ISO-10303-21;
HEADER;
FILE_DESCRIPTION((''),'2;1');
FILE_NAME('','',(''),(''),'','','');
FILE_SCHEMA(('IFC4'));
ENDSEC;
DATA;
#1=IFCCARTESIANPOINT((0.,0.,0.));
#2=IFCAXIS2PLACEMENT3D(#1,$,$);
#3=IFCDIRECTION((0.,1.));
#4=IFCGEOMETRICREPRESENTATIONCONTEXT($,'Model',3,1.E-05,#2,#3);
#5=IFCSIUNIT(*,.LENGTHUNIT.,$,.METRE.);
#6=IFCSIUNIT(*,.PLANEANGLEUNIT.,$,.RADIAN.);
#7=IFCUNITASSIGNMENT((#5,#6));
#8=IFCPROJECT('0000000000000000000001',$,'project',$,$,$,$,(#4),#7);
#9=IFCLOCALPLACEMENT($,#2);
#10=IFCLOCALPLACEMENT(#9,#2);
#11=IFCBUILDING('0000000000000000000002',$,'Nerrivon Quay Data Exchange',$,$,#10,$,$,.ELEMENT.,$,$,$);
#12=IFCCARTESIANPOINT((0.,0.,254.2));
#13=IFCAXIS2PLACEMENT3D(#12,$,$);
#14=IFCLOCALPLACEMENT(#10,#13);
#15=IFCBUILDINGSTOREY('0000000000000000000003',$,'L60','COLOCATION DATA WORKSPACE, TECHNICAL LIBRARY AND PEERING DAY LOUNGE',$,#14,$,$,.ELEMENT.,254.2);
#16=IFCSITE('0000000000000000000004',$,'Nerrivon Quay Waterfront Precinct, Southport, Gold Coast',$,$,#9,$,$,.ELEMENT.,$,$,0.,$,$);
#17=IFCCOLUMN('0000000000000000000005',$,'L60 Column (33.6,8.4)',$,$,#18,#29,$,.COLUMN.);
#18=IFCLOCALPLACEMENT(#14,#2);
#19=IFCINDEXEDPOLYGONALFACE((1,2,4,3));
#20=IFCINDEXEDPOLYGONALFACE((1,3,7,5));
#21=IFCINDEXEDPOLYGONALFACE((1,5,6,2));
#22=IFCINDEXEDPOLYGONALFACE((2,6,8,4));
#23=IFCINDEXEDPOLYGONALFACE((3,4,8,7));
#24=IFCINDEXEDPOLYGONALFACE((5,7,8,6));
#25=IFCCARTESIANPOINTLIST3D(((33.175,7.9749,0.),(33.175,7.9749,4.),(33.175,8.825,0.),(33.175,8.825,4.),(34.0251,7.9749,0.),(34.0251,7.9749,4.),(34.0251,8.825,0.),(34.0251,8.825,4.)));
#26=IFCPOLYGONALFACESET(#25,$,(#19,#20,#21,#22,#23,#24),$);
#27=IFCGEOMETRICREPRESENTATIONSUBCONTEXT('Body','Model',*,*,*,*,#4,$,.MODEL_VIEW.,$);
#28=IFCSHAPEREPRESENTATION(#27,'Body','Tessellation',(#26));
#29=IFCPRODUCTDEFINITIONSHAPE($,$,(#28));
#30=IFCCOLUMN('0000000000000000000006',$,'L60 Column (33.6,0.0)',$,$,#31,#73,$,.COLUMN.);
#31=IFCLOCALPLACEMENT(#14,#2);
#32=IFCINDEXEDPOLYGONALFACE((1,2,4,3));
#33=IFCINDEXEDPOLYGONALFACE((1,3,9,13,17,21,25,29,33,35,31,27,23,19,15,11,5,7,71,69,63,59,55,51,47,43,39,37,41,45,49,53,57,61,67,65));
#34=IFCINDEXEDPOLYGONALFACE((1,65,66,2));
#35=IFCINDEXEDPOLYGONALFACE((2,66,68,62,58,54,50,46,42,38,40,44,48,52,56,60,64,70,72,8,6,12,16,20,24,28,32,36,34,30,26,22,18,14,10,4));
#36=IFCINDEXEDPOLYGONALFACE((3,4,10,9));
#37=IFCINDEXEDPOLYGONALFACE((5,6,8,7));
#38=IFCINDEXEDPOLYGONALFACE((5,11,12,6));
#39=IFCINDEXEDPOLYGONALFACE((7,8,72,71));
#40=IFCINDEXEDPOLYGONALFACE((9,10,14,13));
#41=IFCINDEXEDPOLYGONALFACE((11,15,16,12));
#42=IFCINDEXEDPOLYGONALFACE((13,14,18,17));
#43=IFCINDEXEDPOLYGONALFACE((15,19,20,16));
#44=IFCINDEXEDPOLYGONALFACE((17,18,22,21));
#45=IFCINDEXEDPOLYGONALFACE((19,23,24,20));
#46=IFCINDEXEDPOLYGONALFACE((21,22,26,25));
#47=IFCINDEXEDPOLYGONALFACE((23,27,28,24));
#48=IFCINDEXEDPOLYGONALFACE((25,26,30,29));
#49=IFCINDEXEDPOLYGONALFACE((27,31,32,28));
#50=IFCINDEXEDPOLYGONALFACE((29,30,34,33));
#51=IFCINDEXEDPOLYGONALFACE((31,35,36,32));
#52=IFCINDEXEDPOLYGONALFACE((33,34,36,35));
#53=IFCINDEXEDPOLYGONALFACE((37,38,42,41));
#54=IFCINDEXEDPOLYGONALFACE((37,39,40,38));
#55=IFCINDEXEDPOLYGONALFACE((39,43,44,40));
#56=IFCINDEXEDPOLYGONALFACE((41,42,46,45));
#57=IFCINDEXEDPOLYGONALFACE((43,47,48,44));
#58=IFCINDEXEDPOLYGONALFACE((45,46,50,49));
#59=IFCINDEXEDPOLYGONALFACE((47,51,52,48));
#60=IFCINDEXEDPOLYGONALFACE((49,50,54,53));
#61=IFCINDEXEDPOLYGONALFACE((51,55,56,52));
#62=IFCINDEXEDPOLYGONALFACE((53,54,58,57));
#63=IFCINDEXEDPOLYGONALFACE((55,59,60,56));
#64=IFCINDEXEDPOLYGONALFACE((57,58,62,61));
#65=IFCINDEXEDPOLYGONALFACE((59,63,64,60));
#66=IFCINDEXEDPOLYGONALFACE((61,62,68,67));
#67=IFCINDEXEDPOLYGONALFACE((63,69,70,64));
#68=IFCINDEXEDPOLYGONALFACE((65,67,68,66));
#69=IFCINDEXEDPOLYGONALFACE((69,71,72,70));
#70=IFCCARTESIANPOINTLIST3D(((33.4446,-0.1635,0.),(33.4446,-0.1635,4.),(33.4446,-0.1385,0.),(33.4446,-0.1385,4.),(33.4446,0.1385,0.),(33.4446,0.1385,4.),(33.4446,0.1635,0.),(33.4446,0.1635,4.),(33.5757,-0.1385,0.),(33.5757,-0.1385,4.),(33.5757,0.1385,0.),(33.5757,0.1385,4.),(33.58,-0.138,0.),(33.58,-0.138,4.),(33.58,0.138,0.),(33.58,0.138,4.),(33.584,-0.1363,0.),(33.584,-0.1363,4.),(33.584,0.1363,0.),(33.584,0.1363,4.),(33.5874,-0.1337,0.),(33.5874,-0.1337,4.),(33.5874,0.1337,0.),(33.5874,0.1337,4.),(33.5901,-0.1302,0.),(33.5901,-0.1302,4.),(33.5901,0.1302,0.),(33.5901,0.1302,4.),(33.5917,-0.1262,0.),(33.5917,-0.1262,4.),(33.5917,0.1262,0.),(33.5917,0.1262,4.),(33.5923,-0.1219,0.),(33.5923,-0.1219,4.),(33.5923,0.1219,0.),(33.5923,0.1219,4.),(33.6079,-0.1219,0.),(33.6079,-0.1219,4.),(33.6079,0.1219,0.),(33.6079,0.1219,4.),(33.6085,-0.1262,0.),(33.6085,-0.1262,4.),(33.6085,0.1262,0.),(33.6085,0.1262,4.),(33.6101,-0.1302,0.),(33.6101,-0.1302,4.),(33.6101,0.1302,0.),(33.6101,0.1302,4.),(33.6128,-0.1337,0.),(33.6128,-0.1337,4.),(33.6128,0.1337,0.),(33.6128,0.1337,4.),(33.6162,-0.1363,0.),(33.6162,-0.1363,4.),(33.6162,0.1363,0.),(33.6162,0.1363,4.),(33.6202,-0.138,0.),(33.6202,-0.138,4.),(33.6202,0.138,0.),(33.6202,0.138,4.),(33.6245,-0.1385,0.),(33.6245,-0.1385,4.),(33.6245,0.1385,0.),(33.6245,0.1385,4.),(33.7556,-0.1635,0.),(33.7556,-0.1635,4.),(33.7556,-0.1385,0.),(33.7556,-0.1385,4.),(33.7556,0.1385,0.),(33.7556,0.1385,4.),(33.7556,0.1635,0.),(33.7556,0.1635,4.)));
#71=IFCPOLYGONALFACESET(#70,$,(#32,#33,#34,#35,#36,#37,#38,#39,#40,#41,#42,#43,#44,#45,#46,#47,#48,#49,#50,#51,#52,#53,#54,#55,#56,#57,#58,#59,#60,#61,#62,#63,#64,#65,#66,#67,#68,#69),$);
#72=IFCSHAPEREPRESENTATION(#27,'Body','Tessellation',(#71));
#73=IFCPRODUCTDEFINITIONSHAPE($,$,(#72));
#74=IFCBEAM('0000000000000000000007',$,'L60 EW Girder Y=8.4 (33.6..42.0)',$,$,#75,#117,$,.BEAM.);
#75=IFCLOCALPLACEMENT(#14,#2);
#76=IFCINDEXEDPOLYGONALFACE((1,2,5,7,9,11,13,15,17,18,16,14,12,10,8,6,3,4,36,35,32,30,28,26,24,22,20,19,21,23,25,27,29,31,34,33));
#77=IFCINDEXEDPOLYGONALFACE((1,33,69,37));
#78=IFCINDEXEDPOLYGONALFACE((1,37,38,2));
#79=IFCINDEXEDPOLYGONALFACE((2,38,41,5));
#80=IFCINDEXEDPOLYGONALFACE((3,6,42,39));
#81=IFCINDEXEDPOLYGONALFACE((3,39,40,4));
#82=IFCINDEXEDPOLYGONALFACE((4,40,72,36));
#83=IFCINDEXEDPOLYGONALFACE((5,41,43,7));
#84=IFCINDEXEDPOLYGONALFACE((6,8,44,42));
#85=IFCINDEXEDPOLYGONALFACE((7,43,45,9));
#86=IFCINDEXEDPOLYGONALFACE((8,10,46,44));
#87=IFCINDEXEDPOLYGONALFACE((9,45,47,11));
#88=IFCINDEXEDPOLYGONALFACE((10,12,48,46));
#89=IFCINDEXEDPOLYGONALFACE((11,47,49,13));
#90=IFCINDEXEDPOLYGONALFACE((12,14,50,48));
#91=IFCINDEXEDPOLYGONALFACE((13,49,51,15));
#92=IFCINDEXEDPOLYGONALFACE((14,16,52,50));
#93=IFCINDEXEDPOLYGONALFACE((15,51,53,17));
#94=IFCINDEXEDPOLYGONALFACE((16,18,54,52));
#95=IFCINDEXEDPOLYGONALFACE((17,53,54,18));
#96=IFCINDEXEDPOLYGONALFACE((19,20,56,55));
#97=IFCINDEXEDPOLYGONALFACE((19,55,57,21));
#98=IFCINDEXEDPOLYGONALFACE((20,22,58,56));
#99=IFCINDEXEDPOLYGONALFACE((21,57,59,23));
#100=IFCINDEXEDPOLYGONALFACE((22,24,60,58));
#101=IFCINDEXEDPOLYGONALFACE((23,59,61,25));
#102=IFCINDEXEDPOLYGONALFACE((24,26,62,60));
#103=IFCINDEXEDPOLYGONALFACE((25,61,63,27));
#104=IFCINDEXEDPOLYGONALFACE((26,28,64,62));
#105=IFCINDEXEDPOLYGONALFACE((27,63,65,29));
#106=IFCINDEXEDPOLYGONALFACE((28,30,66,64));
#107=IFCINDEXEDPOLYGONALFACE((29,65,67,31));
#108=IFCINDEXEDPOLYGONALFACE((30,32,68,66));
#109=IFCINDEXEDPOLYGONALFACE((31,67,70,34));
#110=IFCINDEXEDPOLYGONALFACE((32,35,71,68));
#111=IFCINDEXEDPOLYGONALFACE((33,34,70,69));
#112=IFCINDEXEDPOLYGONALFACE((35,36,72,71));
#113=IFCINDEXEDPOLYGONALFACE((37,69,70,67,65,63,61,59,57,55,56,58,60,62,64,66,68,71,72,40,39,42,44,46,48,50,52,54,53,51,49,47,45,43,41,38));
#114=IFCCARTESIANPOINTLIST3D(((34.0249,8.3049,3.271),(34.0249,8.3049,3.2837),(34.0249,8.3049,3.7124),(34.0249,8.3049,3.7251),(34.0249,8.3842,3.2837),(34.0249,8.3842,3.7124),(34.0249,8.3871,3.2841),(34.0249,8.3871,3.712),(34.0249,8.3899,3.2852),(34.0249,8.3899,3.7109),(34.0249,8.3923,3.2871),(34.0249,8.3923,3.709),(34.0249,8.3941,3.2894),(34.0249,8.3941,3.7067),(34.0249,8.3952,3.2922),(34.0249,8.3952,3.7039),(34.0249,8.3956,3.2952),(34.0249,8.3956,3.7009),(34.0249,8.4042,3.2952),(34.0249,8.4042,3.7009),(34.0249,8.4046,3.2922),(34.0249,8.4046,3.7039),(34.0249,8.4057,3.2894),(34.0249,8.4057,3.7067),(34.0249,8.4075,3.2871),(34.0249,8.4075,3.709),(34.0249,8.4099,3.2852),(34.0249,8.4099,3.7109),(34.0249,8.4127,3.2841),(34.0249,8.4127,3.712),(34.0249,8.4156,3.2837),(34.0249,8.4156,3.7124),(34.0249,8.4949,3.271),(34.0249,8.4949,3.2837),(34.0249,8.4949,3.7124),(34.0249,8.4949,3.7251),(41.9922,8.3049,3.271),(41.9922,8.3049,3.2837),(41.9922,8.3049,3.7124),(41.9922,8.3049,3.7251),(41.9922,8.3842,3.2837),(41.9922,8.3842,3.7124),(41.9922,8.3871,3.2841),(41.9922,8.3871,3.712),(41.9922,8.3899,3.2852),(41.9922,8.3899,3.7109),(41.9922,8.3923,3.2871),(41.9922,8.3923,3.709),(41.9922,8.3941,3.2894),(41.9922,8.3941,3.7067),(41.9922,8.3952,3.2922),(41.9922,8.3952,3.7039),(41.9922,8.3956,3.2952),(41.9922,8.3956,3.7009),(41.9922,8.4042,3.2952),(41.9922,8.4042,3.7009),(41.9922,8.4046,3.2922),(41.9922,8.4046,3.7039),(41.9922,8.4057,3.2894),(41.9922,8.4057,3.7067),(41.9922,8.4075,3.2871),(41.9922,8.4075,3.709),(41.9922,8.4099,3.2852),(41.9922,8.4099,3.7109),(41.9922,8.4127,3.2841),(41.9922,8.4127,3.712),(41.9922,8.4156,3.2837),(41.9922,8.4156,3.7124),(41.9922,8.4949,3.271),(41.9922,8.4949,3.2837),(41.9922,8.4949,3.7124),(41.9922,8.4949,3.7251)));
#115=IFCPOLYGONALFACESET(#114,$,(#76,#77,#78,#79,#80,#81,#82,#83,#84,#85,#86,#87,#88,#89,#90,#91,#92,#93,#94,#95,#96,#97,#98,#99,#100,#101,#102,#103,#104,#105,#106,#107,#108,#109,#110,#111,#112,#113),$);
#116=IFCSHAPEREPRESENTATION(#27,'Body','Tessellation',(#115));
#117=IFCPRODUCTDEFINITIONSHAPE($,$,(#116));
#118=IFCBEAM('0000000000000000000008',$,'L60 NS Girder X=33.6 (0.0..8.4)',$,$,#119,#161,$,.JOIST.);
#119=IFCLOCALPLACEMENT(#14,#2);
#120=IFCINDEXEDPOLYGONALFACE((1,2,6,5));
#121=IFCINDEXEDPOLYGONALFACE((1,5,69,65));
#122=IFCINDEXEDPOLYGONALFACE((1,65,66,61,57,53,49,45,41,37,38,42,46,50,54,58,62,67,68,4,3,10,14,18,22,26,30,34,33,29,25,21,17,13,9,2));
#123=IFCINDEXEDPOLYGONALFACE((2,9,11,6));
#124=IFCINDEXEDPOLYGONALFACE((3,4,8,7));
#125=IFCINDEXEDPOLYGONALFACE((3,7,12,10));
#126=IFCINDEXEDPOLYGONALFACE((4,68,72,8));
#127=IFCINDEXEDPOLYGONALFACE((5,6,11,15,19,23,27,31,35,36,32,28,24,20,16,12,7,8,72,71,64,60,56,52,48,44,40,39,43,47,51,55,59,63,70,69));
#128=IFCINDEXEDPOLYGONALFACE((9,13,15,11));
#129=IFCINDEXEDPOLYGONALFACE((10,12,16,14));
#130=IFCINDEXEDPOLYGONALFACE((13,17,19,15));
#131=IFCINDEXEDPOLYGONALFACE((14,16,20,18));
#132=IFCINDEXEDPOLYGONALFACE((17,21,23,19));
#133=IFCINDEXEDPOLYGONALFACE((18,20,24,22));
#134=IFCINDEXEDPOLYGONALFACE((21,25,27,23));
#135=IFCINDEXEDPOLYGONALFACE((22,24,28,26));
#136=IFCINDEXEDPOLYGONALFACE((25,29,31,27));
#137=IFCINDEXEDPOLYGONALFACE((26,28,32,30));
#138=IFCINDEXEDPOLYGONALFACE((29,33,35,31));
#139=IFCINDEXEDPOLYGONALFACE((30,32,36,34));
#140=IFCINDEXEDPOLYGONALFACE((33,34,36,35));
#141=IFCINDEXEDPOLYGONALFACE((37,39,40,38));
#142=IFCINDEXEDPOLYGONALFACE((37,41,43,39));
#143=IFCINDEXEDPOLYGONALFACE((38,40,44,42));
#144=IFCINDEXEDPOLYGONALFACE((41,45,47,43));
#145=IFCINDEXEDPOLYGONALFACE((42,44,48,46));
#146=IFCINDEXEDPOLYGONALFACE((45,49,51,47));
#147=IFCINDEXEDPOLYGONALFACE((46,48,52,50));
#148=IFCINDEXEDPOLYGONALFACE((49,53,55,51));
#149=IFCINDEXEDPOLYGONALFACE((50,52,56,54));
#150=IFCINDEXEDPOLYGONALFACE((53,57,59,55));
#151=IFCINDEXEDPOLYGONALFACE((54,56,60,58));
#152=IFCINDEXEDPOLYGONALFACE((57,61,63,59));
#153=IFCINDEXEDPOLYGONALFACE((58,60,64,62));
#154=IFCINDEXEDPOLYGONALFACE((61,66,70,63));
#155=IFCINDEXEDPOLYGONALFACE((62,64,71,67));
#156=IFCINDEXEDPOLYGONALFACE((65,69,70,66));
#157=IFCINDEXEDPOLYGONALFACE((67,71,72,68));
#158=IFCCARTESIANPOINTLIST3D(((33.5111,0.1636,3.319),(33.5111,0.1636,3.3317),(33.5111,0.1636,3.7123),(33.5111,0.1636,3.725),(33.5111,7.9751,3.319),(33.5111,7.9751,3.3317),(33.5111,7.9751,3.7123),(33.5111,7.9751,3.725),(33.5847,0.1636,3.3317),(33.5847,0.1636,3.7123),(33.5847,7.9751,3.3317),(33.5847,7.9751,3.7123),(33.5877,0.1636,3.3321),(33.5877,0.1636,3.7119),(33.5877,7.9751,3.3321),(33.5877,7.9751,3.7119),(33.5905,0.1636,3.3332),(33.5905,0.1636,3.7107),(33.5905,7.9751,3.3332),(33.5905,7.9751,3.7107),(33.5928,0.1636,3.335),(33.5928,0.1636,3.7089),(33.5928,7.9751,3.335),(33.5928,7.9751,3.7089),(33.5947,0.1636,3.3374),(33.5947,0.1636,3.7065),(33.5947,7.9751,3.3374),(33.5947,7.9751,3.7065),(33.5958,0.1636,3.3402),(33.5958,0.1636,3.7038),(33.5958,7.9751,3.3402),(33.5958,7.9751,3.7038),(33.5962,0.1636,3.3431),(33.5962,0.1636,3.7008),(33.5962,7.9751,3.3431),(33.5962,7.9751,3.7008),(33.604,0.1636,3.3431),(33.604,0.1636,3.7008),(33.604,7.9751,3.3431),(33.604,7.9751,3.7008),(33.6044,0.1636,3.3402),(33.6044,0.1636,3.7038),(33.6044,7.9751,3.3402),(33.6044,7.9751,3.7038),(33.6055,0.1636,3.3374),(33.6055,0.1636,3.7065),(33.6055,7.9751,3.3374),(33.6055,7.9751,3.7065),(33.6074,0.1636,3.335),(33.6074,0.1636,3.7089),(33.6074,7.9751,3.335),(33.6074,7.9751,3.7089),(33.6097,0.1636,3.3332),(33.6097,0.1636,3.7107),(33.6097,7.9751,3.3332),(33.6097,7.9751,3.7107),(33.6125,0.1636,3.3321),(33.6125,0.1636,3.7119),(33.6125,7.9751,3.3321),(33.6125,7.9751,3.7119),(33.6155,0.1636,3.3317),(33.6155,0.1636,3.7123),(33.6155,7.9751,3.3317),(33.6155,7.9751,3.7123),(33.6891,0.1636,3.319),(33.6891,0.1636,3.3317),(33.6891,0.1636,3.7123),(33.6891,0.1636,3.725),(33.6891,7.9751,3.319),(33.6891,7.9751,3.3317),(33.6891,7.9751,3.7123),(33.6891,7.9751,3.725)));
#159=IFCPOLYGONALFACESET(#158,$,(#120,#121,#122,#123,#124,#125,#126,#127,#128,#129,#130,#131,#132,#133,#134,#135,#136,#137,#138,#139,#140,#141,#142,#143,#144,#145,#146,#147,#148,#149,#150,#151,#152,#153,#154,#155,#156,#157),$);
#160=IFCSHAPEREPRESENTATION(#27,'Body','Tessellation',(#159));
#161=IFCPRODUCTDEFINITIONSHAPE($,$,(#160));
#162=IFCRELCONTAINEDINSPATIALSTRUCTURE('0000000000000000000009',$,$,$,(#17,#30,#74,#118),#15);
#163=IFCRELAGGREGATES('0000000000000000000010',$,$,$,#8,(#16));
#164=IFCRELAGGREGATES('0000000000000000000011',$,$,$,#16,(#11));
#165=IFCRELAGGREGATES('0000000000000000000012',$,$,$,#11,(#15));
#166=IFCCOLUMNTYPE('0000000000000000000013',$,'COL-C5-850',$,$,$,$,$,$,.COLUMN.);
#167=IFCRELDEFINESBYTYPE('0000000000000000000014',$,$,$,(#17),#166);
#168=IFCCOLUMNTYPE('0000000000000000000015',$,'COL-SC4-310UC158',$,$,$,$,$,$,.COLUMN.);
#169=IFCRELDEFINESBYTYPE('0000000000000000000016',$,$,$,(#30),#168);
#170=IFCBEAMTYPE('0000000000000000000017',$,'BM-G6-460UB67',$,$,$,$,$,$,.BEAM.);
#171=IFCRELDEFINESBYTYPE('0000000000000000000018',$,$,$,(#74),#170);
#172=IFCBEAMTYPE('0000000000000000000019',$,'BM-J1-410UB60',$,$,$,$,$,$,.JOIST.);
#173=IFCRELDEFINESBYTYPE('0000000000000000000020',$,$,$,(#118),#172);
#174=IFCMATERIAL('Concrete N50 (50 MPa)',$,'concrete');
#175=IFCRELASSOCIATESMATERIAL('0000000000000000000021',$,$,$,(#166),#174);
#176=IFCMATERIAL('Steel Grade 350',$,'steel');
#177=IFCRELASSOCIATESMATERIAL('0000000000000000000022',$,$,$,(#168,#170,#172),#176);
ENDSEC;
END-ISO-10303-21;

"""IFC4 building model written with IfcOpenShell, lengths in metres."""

from ifc_helpers import new_model, si_unit, direction, frame, origin, origin_2d, place, context, subcontext, project, spatial, rectangle, i_section, extrude, material, material_profile, profile_set, type_object, element, save


model = new_model("IFC4")

# Units and contexts
model_context = context("Model", 3, precision=1e-05, world=origin(), true_north=direction((0.0, 1.0)))
body_context = subcontext(model_context, "Body", "Model", "MODEL_VIEW")
ifc_project = project(units=[si_unit("LENGTHUNIT", "METRE"), si_unit("PLANEANGLEUNIT", "RADIAN")], contexts=[model_context])

# Site, building, storey
site_placement = place(None, origin())
site = spatial("IfcSite", under=ifc_project, at=site_placement, Name="Nerrivon Quay Waterfront Precinct, Southport, Gold Coast", CompositionType="ELEMENT", RefElevation=0.0)
building_placement = place(site_placement, origin())
building = spatial("IfcBuilding", under=site, at=building_placement, Name="Nerrivon Quay Data Exchange", CompositionType="ELEMENT")
storey_placement = place(building_placement, frame((0.0, 0.0, 254.2)))
storey = spatial("IfcBuildingStorey", under=building, at=storey_placement, Name="L60", Description="COLOCATION DATA WORKSPACE, TECHNICAL LIBRARY AND PEERING DAY LOUNGE", CompositionType="ELEMENT", Elevation=254.2)

# Columns
ifc_material_1 = material(Name="Concrete N50 (50 MPa)", Category="concrete")
ifc_material_profile_1 = material_profile(ifc_material_1, rectangle(XDim=0.8501, YDim=0.8501, at=origin_2d()), Name="RC-COL-850x850")
ifc_profile_set_1 = profile_set([ifc_material_profile_1], Name="Concrete N50 (50 MPa)")
column_type_1 = type_object("IfcColumnType", Name="COL-C5-850", PredefinedType="COLUMN", material=ifc_profile_set_1)
column_1_placement = place(storey_placement, frame((33.6001, 8.3999, 0.0), z_axis=(0.0, 0.0, 1.0), x_axis=(1.0, 0.0, 0.0)))
element("IfcColumn", 1, at=column_1_placement, inside=storey, type_object=column_type_1, Name="L60 Column (33.6,8.4)", PredefinedType="COLUMN", context=body_context, shape_type="SweptSolid", body=[
    extrude(rectangle(XDim=0.8501, YDim=0.8501, at=origin_2d()), origin(), (0.0, 0.0, 1.0), 4.0),
])
ifc_material_2 = material(Name="Steel Grade 350", Category="steel")
ifc_material_profile_2 = material_profile(ifc_material_2, i_section(OverallWidth=0.311, OverallDepth=0.3269, WebThickness=0.0156, FlangeThickness=0.0249, FilletRadius=0.0166, at=origin_2d()), Name="310UC158")
ifc_profile_set_2 = profile_set([ifc_material_profile_2], Name="Steel Grade 350")
column_type_2 = type_object("IfcColumnType", Name="COL-SC4-310UC158", PredefinedType="COLUMN", material=ifc_profile_set_2)
column_2_placement = place(storey_placement, frame((33.6001, 0.0, 0.0), z_axis=(0.0, 0.0, 1.0), x_axis=(1.0, 0.0, 0.0)))
element("IfcColumn", 2, at=column_2_placement, inside=storey, type_object=column_type_2, Name="L60 Column (33.6,0.0)", PredefinedType="COLUMN", context=body_context, shape_type="SweptSolid", body=[
    extrude(i_section(OverallWidth=0.311, OverallDepth=0.3269, WebThickness=0.0156, FlangeThickness=0.0249, FilletRadius=0.0166, at=origin_2d()), origin(), (0.0, 0.0, 1.0), 4.0),
])

# Beams
ifc_material_profile_3 = material_profile(ifc_material_2, i_section(OverallWidth=0.1899, OverallDepth=0.4541, WebThickness=0.0085, FlangeThickness=0.0127, FilletRadius=0.0115, at=origin_2d()), Name="460UB67.1")
ifc_profile_set_3 = profile_set([ifc_material_profile_3], Name="Steel Grade 350")
beam_type_1 = type_object("IfcBeamType", Name="BM-G6-460UB67", PredefinedType="BEAM", material=ifc_profile_set_3)
beam_1_placement = place(storey_placement, frame((34.0249, 8.3999, 3.498), z_axis=(1.0, 0.0, 0.0), x_axis=(0.0, 1.0, 0.0)))
element("IfcBeam", 3, at=beam_1_placement, inside=storey, type_object=beam_type_1, Name="L60 EW Girder Y=8.4 (33.6..42.0)", PredefinedType="BEAM", context=body_context, shape_type="SweptSolid", body=[
    extrude(i_section(OverallWidth=0.1899, OverallDepth=0.4541, WebThickness=0.0085, FlangeThickness=0.0127, FilletRadius=0.0115, at=origin_2d()), origin(), (0.0, 0.0, 1.0), 7.9673),
])
ifc_material_profile_4 = material_profile(ifc_material_2, i_section(OverallWidth=0.178, OverallDepth=0.406, WebThickness=0.0078, FlangeThickness=0.0127, FilletRadius=0.0115, at=origin_2d()), Name="410UB59.7")
ifc_profile_set_4 = profile_set([ifc_material_profile_4], Name="Steel Grade 350")
beam_type_2 = type_object("IfcBeamType", Name="BM-J1-410UB60", PredefinedType="JOIST", material=ifc_profile_set_4)
beam_2_placement = place(storey_placement, frame((33.6001, 0.1636, 3.522), z_axis=(0.0, 1.0, 0.0), x_axis=(-1.0, 0.0, 0.0)))
element("IfcBeam", 4, at=beam_2_placement, inside=storey, type_object=beam_type_2, Name="L60 NS Girder X=33.6 (0.0..8.4)", PredefinedType="JOIST", context=body_context, shape_type="SweptSolid", body=[
    extrude(i_section(OverallWidth=0.178, OverallDepth=0.406, WebThickness=0.0078, FlangeThickness=0.0127, FilletRadius=0.0115, at=origin_2d()), origin(), (0.0, 0.0, 1.0), 7.8115),
])

save(model, "model.ifc")
